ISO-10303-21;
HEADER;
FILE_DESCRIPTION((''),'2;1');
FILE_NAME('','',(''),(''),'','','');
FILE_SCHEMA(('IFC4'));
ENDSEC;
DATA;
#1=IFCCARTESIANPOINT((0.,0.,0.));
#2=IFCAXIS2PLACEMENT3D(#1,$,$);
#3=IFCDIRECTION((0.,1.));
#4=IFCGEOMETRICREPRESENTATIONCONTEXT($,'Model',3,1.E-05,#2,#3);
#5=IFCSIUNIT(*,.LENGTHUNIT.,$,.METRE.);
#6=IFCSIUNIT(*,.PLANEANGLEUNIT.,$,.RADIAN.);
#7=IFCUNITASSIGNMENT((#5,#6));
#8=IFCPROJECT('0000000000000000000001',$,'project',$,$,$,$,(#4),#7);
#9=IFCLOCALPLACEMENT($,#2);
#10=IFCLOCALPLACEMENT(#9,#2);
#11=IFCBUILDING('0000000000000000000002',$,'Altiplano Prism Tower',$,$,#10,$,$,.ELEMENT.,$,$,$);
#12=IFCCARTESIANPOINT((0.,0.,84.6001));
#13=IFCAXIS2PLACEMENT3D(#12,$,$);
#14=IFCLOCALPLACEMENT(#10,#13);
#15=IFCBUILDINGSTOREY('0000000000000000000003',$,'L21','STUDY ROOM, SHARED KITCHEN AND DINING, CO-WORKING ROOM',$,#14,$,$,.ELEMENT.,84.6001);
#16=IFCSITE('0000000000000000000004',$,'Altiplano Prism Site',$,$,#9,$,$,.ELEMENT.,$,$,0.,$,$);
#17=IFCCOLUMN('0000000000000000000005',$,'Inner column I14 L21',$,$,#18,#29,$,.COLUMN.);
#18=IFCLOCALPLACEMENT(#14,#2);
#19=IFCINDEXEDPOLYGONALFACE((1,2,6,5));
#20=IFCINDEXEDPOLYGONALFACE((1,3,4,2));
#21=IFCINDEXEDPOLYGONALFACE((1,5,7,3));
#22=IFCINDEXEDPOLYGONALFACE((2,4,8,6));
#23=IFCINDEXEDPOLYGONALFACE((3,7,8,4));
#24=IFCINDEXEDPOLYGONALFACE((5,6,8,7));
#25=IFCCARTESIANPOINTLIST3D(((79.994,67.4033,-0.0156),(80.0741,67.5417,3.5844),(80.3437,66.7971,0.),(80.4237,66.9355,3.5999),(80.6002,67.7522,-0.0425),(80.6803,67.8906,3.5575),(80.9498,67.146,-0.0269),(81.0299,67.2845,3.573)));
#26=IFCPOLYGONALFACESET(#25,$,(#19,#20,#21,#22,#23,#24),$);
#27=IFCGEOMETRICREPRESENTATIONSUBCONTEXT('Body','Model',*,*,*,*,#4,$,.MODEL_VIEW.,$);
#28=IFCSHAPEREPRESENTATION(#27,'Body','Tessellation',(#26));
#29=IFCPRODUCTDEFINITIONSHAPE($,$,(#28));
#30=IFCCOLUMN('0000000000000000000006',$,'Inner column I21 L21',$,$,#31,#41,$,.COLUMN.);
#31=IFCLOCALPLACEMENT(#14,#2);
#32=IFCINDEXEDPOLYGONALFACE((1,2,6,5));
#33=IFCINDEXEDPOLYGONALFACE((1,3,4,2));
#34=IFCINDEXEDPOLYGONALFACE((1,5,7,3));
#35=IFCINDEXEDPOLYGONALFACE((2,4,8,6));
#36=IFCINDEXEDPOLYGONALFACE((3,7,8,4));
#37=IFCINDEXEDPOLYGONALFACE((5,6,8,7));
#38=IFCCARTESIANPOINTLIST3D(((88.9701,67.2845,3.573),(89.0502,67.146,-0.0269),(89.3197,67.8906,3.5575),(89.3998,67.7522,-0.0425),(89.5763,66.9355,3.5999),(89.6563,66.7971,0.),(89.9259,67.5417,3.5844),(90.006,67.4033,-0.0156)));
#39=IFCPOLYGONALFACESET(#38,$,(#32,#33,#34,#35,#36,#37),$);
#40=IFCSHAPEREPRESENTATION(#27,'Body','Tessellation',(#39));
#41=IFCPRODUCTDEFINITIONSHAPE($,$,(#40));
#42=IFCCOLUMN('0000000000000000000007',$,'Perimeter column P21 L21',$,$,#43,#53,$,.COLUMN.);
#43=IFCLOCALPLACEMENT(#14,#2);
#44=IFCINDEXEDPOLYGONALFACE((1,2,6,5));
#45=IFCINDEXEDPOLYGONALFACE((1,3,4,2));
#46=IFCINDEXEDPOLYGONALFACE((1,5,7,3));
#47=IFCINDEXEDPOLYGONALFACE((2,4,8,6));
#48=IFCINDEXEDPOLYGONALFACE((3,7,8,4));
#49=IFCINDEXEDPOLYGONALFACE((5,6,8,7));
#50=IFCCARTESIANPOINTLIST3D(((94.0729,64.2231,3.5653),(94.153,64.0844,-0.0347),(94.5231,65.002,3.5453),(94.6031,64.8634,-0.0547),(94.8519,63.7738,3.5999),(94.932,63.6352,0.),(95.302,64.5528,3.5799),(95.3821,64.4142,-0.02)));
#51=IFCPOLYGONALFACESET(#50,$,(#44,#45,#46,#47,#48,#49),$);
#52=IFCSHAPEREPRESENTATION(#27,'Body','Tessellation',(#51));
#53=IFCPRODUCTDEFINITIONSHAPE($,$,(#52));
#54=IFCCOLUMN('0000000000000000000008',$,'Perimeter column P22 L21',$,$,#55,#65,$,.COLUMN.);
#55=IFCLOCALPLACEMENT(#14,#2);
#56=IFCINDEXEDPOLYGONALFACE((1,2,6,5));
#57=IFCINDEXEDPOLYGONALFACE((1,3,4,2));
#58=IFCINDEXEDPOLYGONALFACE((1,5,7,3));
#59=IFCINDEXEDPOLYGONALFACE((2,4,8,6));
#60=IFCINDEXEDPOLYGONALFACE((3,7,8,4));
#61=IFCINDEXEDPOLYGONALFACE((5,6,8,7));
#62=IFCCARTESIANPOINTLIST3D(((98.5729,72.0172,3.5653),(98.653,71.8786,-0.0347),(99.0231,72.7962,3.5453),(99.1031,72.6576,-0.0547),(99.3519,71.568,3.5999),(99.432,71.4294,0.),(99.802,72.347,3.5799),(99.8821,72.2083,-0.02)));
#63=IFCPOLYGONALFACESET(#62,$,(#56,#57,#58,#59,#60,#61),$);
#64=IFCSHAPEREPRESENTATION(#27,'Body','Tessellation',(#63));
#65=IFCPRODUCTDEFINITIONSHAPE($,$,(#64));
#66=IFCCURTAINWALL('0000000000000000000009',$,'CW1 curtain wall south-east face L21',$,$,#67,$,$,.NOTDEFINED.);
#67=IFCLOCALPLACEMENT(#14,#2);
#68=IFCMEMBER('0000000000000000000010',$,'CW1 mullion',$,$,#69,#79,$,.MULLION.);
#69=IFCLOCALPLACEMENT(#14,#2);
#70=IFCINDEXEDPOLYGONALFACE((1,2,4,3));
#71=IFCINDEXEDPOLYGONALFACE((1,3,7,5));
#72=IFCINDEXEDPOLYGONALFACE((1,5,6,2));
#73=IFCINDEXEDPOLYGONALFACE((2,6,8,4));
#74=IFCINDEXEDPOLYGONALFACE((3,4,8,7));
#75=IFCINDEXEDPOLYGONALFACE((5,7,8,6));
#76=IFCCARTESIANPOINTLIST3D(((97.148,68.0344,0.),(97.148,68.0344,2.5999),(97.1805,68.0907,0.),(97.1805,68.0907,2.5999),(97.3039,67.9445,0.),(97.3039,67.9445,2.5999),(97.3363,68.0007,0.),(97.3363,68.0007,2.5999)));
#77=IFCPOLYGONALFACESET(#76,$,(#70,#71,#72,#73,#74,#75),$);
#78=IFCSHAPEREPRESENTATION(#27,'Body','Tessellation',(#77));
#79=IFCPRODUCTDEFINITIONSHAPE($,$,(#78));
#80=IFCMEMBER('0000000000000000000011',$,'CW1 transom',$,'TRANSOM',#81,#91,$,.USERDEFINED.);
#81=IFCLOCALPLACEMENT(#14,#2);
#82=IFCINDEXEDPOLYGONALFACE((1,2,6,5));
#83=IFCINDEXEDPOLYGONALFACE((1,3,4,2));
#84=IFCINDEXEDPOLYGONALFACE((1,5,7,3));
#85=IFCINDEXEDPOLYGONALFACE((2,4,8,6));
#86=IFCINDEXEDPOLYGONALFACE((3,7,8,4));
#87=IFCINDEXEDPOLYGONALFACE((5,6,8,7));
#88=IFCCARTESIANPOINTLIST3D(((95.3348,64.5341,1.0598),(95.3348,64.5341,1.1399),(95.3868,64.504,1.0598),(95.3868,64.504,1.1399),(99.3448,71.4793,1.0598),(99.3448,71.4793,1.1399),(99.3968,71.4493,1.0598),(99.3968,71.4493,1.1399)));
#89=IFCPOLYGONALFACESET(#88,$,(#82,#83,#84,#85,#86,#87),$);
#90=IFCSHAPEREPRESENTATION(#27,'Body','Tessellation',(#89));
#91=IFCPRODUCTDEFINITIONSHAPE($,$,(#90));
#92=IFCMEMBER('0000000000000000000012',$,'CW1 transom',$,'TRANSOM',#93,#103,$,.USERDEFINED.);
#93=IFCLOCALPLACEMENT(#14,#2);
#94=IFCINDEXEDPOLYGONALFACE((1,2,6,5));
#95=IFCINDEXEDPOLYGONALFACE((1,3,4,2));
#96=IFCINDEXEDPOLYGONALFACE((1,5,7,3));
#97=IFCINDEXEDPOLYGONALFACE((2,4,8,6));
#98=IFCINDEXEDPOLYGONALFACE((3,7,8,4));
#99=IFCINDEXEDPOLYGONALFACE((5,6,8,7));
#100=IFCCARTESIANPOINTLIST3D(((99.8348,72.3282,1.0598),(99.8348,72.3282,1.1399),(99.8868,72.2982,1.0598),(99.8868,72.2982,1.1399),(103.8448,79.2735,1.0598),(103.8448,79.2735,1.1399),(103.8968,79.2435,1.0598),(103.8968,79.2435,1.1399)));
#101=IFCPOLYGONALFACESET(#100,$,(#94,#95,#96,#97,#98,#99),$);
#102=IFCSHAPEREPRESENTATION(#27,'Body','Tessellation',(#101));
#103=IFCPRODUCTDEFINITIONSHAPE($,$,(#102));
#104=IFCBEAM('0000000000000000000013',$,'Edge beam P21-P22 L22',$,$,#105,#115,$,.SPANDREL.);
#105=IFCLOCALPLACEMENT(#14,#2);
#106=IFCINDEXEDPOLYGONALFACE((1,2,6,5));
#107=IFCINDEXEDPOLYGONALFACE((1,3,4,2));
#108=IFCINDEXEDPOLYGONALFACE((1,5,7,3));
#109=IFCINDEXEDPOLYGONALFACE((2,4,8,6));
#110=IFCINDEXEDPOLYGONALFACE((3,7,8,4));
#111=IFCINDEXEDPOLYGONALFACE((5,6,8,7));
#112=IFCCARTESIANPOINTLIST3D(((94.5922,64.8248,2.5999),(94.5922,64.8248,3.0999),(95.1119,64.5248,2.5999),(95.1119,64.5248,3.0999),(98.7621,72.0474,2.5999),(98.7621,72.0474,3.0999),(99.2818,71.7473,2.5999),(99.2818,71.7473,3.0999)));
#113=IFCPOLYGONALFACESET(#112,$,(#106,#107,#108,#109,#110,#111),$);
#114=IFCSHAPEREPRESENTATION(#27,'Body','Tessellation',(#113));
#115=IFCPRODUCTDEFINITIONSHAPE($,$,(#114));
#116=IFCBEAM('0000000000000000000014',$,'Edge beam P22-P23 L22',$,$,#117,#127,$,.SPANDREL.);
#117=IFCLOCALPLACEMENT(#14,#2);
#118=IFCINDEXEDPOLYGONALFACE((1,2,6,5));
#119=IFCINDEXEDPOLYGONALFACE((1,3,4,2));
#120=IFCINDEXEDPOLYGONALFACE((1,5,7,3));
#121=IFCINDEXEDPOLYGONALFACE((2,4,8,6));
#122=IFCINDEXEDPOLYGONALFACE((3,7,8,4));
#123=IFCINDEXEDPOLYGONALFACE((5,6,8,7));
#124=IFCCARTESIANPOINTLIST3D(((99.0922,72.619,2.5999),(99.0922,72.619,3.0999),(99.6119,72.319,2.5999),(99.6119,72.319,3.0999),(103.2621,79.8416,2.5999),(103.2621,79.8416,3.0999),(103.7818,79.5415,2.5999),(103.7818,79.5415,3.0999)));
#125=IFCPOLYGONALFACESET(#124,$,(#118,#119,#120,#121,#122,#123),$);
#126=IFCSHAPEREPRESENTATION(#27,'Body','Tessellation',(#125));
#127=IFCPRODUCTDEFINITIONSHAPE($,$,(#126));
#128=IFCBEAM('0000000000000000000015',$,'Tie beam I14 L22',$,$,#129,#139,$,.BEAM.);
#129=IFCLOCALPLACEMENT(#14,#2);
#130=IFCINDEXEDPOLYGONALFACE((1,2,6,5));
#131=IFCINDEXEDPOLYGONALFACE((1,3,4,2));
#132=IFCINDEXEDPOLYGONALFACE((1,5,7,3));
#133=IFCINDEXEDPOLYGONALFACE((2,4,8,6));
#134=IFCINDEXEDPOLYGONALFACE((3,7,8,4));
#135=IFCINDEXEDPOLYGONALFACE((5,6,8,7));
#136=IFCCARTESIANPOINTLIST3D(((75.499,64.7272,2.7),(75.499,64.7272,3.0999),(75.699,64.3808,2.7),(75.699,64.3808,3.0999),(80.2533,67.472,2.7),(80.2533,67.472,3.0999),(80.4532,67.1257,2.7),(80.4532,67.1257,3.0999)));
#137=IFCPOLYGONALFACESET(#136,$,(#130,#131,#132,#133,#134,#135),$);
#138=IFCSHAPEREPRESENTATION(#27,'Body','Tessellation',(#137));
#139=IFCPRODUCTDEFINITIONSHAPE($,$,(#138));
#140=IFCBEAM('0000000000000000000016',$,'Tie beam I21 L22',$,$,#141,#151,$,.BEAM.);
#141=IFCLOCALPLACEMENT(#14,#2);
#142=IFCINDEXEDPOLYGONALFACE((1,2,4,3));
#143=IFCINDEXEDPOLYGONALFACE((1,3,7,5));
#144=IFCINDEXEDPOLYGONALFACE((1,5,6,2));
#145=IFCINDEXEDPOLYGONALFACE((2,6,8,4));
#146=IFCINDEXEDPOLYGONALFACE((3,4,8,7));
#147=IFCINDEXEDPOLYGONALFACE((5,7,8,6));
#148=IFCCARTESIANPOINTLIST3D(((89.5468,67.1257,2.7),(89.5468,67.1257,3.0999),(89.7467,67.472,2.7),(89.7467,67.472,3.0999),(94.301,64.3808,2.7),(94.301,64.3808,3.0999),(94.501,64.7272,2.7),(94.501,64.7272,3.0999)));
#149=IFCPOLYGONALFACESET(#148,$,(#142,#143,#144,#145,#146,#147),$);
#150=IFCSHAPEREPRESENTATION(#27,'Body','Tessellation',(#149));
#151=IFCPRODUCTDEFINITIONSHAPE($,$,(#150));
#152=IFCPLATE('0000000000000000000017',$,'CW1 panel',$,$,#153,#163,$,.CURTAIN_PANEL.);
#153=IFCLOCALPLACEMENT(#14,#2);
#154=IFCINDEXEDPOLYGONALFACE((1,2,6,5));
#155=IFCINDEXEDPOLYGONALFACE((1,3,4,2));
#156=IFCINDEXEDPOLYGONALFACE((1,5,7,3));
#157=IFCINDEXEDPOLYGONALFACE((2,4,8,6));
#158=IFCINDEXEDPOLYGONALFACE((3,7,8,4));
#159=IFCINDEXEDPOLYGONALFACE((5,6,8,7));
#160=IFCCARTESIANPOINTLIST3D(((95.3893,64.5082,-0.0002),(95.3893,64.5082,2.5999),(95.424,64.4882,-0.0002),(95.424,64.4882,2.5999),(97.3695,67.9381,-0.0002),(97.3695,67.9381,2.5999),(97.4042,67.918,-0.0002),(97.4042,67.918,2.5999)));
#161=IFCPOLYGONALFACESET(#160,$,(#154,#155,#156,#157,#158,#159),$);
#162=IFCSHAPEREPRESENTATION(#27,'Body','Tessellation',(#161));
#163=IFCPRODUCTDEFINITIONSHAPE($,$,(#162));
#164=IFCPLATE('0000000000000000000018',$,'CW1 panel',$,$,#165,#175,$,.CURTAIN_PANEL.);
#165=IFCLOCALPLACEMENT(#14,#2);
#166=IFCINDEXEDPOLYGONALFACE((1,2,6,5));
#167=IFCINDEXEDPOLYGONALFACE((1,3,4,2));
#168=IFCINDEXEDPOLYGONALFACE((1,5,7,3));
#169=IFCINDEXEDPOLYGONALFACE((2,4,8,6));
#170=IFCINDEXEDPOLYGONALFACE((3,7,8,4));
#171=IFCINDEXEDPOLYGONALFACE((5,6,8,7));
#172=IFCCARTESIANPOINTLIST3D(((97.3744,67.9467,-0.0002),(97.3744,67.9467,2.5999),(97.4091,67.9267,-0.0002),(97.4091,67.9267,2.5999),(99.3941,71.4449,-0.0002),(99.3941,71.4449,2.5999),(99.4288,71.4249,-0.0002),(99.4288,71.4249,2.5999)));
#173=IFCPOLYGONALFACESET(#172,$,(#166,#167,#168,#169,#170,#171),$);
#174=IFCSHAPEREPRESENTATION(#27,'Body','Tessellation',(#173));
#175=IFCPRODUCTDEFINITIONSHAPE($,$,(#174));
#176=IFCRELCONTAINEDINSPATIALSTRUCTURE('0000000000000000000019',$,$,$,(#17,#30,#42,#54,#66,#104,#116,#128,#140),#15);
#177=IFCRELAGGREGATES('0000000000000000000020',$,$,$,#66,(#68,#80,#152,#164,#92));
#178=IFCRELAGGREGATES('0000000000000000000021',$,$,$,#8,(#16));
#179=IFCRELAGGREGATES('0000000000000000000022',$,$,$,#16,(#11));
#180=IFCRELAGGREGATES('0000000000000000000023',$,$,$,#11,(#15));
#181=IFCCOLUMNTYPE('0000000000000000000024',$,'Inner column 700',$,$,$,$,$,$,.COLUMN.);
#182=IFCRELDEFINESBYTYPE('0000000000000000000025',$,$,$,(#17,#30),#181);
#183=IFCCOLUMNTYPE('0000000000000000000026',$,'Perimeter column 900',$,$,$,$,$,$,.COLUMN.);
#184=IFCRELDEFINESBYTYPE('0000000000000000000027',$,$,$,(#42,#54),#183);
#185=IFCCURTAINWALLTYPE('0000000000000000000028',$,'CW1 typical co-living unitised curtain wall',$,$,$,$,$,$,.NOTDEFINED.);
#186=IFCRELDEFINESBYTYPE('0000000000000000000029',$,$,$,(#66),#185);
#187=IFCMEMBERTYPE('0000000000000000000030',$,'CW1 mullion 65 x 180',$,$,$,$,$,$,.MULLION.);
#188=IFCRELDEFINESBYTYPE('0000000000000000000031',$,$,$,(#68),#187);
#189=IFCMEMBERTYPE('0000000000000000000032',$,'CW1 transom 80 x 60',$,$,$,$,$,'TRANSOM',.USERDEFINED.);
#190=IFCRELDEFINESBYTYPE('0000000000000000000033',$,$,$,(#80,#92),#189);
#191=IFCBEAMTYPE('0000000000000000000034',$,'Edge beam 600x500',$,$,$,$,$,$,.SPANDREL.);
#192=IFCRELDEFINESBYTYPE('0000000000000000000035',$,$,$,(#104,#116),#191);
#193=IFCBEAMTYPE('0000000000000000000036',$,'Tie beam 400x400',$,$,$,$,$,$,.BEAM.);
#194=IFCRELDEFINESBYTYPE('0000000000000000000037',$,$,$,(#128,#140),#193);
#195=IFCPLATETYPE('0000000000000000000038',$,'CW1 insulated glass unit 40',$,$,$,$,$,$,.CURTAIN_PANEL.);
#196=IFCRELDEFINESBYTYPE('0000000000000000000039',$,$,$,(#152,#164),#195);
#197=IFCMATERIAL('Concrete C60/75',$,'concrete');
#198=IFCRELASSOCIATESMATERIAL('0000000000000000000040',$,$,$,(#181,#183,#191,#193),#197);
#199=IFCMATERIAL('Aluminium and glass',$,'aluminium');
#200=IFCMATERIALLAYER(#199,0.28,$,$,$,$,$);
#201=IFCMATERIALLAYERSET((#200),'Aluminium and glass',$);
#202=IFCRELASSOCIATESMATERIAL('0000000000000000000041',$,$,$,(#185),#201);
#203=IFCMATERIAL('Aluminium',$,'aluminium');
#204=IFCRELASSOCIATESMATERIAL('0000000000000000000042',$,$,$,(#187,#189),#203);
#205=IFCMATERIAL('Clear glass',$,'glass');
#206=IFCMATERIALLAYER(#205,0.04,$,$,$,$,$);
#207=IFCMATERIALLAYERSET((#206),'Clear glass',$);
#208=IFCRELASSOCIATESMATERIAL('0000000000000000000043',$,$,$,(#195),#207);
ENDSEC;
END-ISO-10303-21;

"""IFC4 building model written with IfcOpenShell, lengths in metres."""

from ifc_helpers import new_model, si_unit, direction, frame, origin, origin_2d, place, context, subcontext, project, spatial, rectangle, extrude, material, layer, layer_set, material_profile, profile_set, type_object, element, aggregate, save


model = new_model("IFC4")

# Units and contexts
model_context = context("Model", 3, precision=1e-05, world=origin(), true_north=direction((0.0, 1.0)))
body_context = subcontext(model_context, "Body", "Model", "MODEL_VIEW")
ifc_project = project(units=[si_unit("LENGTHUNIT", "METRE"), si_unit("PLANEANGLEUNIT", "RADIAN")], contexts=[model_context])

# Site, building, storey
site_placement = place(None, origin())
site = spatial("IfcSite", under=ifc_project, at=site_placement, Name="Altiplano Prism Site", CompositionType="ELEMENT", RefElevation=0.0)
building_placement = place(site_placement, origin())
building = spatial("IfcBuilding", under=site, at=building_placement, Name="Altiplano Prism Tower", CompositionType="ELEMENT")
storey_placement = place(building_placement, frame((0.0, 0.0, 84.6001)))
storey = spatial("IfcBuildingStorey", under=building, at=storey_placement, Name="L21", Description="STUDY ROOM, SHARED KITCHEN AND DINING, CO-WORKING ROOM", CompositionType="ELEMENT", Elevation=84.6001)

# Columns
ifc_material_1 = material(Name="Concrete C60/75", Category="concrete")
ifc_material_profile_1 = material_profile(ifc_material_1, rectangle(XDim=0.7, YDim=0.7, at=origin_2d()), Name="Inner column 700")
ifc_profile_set_1 = profile_set([ifc_material_profile_1], Name="Concrete C60/75")
column_type_1 = type_object("IfcColumnType", Name="Inner column 700", PredefinedType="COLUMN", material=ifc_profile_set_1)
for number, where, z_axis, x_axis, name in (
    (1, (80.4719, 67.2747, -0.0212), (0.022223, 0.038416, 0.999015), (-0.866021, -0.498528, 0.038435), "Inner column I14 L21"),
    (2, (89.5281, 67.2747, -0.0212), (-0.022223, 0.038416, 0.999015), (-0.499513, -0.866022, 0.02219), "Inner column I21 L21"),
):
    element("IfcColumn", number, at=place(storey_placement, frame(where, z_axis=z_axis, x_axis=x_axis)), inside=storey, type_object=column_type_1, Name=name, PredefinedType="COLUMN", context=body_context, shape_type="SweptSolid", body=[
        extrude(rectangle(XDim=0.7, YDim=0.7, at=origin_2d()), origin(), (0.0, 0.0, 1.0), 3.6035),
    ])
ifc_material_profile_2 = material_profile(ifc_material_1, rectangle(XDim=0.8999, YDim=0.8999, at=origin_2d()), Name="Perimeter column 900")
ifc_profile_set_2 = profile_set([ifc_material_profile_2], Name="Concrete C60/75")
column_type_2 = type_object("IfcColumnType", Name="Perimeter column 900", PredefinedType="COLUMN", material=ifc_profile_set_2)
for number, where, z_axis, x_axis, name in (
    (3, (94.7676, 64.2493, -0.0273), (-0.022223, 0.038483, 0.999012), (-0.500175, -0.865639, 0.022219), "Perimeter column P21 L21"),
    (4, (99.2676, 72.0435, -0.0273), (-0.022223, 0.038483, 0.999012), (-0.500175, -0.865639, 0.022219), "Perimeter column P22 L21"),
):
    element("IfcColumn", number, at=place(storey_placement, frame(where, z_axis=z_axis, x_axis=x_axis)), inside=storey, type_object=column_type_2, Name=name, PredefinedType="COLUMN", context=body_context, shape_type="SweptSolid", body=[
        extrude(rectangle(XDim=0.8999, YDim=0.8999, at=origin_2d()), origin(), (0.0, 0.0, 1.0), 3.6035),
    ])

# Curtain wall, members
ifc_material_2 = material(Name="Aluminium and glass", Category="aluminium")
ifc_layer_1 = layer(ifc_material_2, 0.28)
ifc_layer_set_1 = layer_set([ifc_layer_1], Name="Aluminium and glass")
curtain_wall_type = type_object("IfcCurtainWallType", Name="CW1 typical co-living unitised curtain wall", PredefinedType="NOTDEFINED", material=ifc_layer_set_1)
curtain_wall_placement = place(storey_placement, origin())
curtain_wall = element("IfcCurtainWall", 5, at=curtain_wall_placement, inside=storey, type_object=curtain_wall_type, Name="CW1 curtain wall south-east face L21", PredefinedType="NOTDEFINED")
ifc_material_3 = material(Name="Aluminium", Category="aluminium")
ifc_material_profile_3 = material_profile(ifc_material_3, rectangle(XDim=0.1799, YDim=0.0649, at=origin_2d()), Name="CW1 mullion 65 x 180")
ifc_profile_set_3 = profile_set([ifc_material_profile_3], Name="Aluminium")
member_type_1 = type_object("IfcMemberType", Name="CW1 mullion 65 x 180", PredefinedType="MULLION", material=ifc_profile_set_3)
member_1_placement = place(storey_placement, frame((97.2422, 68.0176, 0.0), z_axis=(0.0, 0.0, 1.0), x_axis=(-0.866025, 0.5, 0.0)))
member_1 = element("IfcMember", 6, at=member_1_placement, type_object=member_type_1, Name="CW1 mullion", PredefinedType="MULLION", context=body_context, shape_type="SweptSolid", body=[
    extrude(rectangle(XDim=0.1799, YDim=0.0649, at=origin_2d()), origin(), (0.0, 0.0, 1.0), 2.5999),
])
ifc_material_profile_4 = material_profile(ifc_material_3, rectangle(XDim=0.0601, YDim=0.0801, at=origin_2d()), Name="CW1 transom 80 x 60")
ifc_profile_set_4 = profile_set([ifc_material_profile_4], Name="Aluminium")
member_type_2 = type_object("IfcMemberType", Name="CW1 transom 80 x 60", ElementType="TRANSOM", PredefinedType="USERDEFINED", material=ifc_profile_set_4)
member_2_placement = place(storey_placement, frame((95.3608, 64.519, 1.0999), z_axis=(0.500012, 0.866018, 0.0), x_axis=(-0.866018, 0.500012, 0.0)))
member_2 = element("IfcMember", 7, at=member_2_placement, type_object=member_type_2, Name="CW1 transom", ObjectType="TRANSOM", PredefinedType="USERDEFINED", context=body_context, shape_type="SweptSolid", body=[
    extrude(rectangle(XDim=0.0601, YDim=0.0801, at=origin_2d()), origin(), (0.0, 0.0, 1.0), 8.0198),
])
member_3_placement = place(storey_placement, frame((99.8608, 72.3132, 1.0999), z_axis=(0.500012, 0.866018, 0.0), x_axis=(-0.866018, 0.500012, 0.0)))
member_3 = element("IfcMember", 8, at=member_3_placement, type_object=member_type_2, Name="CW1 transom", ObjectType="TRANSOM", PredefinedType="USERDEFINED", context=body_context, shape_type="SweptSolid", body=[
    extrude(rectangle(XDim=0.0601, YDim=0.0801, at=origin_2d()), origin(), (0.0, 0.0, 1.0), 8.0198),
])

# Beams
ifc_material_profile_5 = material_profile(ifc_material_1, rectangle(XDim=0.6001, YDim=0.5, at=origin_2d()), Name="Edge beam 600x500")
ifc_profile_set_5 = profile_set([ifc_material_profile_5], Name="Concrete C60/75")
beam_type_1 = type_object("IfcBeamType", Name="Edge beam 600x500", PredefinedType="SPANDREL", material=ifc_profile_set_5)
for number, where, z_axis, x_axis, name in (
    (9, (94.8521, 64.6748, 2.8499), (0.499993, 0.86603, 0.0), (-0.86603, 0.499993, 0.0), "Edge beam P21-P22 L22"),
    (10, (99.3521, 72.469, 2.8499), (0.499993, 0.86603, 0.0), (-0.86603, 0.499993, 0.0), "Edge beam P22-P23 L22"),
):
    element("IfcBeam", number, at=place(storey_placement, frame(where, z_axis=z_axis, x_axis=x_axis)), inside=storey, type_object=beam_type_1, Name=name, PredefinedType="SPANDREL", context=body_context, shape_type="SweptSolid", body=[
        extrude(rectangle(XDim=0.6001, YDim=0.5, at=origin_2d()), origin(), (0.0, 0.0, 1.0), 8.3398),
    ])
ifc_material_profile_6 = material_profile(ifc_material_1, rectangle(XDim=0.3999, YDim=0.3999, at=origin_2d()), Name="Tie beam 400x400")
ifc_profile_set_6 = profile_set([ifc_material_profile_6], Name="Concrete C60/75")
beam_type_2 = type_object("IfcBeamType", Name="Tie beam 400x400", PredefinedType="BEAM", material=ifc_profile_set_6)
for number, where, z_axis, x_axis, name in (
    (11, (80.3533, 67.2988, 2.8999), (-0.866032, -0.499989, 0.0), (0.499989, -0.866032, 0.0), "Tie beam I14 L22"),
    (12, (89.6467, 67.2988, 2.8999), (0.866032, -0.499989, 0.0), (0.499989, 0.866032, 0.0), "Tie beam I21 L22"),
):
    element("IfcBeam", number, at=place(storey_placement, frame(where, z_axis=z_axis, x_axis=x_axis)), inside=storey, type_object=beam_type_2, Name=name, PredefinedType="BEAM", context=body_context, shape_type="SweptSolid", body=[
        extrude(rectangle(XDim=0.3999, YDim=0.3999, at=origin_2d()), origin(), (0.0, 0.0, 1.0), 5.4897),
    ])

# Plates
ifc_material_4 = material(Name="Clear glass", Category="glass")
ifc_layer_2 = layer(ifc_material_4, 0.04)
ifc_layer_set_2 = layer_set([ifc_layer_2], Name="Clear glass")
plate_type = type_object("IfcPlateType", Name="CW1 insulated glass unit 40", PredefinedType="CURTAIN_PANEL", material=ifc_layer_set_2)
plate_1_placement = place(storey_placement, frame((96.3967, 66.2131, -0.0002), z_axis=(0.0, 0.0, 1.0), x_axis=(0.5, 0.866025, 0.0)))
plate_1 = element("IfcPlate", 13, at=plate_1_placement, type_object=plate_type, Name="CW1 panel", PredefinedType="CURTAIN_PANEL", context=body_context, shape_type="SweptSolid", body=[
    extrude(rectangle(XDim=3.9604, YDim=0.04, at=origin_2d()), origin(), (0.0, 0.0, 1.0), 2.6001),
])
plate_2_placement = place(storey_placement, frame((98.4016, 69.6858, -0.0002), z_axis=(0.0, 0.0, 1.0), x_axis=(0.5, 0.866025, 0.0)))
plate_2 = element("IfcPlate", 14, at=plate_2_placement, type_object=plate_type, Name="CW1 panel", PredefinedType="CURTAIN_PANEL", context=body_context, shape_type="SweptSolid", body=[
    extrude(rectangle(XDim=4.0393, YDim=0.04, at=origin_2d()), origin(), (0.0, 0.0, 1.0), 2.6001),
])
aggregate(curtain_wall, [member_1, member_2, plate_1, plate_2, member_3])

save(model, "model.ifc")
